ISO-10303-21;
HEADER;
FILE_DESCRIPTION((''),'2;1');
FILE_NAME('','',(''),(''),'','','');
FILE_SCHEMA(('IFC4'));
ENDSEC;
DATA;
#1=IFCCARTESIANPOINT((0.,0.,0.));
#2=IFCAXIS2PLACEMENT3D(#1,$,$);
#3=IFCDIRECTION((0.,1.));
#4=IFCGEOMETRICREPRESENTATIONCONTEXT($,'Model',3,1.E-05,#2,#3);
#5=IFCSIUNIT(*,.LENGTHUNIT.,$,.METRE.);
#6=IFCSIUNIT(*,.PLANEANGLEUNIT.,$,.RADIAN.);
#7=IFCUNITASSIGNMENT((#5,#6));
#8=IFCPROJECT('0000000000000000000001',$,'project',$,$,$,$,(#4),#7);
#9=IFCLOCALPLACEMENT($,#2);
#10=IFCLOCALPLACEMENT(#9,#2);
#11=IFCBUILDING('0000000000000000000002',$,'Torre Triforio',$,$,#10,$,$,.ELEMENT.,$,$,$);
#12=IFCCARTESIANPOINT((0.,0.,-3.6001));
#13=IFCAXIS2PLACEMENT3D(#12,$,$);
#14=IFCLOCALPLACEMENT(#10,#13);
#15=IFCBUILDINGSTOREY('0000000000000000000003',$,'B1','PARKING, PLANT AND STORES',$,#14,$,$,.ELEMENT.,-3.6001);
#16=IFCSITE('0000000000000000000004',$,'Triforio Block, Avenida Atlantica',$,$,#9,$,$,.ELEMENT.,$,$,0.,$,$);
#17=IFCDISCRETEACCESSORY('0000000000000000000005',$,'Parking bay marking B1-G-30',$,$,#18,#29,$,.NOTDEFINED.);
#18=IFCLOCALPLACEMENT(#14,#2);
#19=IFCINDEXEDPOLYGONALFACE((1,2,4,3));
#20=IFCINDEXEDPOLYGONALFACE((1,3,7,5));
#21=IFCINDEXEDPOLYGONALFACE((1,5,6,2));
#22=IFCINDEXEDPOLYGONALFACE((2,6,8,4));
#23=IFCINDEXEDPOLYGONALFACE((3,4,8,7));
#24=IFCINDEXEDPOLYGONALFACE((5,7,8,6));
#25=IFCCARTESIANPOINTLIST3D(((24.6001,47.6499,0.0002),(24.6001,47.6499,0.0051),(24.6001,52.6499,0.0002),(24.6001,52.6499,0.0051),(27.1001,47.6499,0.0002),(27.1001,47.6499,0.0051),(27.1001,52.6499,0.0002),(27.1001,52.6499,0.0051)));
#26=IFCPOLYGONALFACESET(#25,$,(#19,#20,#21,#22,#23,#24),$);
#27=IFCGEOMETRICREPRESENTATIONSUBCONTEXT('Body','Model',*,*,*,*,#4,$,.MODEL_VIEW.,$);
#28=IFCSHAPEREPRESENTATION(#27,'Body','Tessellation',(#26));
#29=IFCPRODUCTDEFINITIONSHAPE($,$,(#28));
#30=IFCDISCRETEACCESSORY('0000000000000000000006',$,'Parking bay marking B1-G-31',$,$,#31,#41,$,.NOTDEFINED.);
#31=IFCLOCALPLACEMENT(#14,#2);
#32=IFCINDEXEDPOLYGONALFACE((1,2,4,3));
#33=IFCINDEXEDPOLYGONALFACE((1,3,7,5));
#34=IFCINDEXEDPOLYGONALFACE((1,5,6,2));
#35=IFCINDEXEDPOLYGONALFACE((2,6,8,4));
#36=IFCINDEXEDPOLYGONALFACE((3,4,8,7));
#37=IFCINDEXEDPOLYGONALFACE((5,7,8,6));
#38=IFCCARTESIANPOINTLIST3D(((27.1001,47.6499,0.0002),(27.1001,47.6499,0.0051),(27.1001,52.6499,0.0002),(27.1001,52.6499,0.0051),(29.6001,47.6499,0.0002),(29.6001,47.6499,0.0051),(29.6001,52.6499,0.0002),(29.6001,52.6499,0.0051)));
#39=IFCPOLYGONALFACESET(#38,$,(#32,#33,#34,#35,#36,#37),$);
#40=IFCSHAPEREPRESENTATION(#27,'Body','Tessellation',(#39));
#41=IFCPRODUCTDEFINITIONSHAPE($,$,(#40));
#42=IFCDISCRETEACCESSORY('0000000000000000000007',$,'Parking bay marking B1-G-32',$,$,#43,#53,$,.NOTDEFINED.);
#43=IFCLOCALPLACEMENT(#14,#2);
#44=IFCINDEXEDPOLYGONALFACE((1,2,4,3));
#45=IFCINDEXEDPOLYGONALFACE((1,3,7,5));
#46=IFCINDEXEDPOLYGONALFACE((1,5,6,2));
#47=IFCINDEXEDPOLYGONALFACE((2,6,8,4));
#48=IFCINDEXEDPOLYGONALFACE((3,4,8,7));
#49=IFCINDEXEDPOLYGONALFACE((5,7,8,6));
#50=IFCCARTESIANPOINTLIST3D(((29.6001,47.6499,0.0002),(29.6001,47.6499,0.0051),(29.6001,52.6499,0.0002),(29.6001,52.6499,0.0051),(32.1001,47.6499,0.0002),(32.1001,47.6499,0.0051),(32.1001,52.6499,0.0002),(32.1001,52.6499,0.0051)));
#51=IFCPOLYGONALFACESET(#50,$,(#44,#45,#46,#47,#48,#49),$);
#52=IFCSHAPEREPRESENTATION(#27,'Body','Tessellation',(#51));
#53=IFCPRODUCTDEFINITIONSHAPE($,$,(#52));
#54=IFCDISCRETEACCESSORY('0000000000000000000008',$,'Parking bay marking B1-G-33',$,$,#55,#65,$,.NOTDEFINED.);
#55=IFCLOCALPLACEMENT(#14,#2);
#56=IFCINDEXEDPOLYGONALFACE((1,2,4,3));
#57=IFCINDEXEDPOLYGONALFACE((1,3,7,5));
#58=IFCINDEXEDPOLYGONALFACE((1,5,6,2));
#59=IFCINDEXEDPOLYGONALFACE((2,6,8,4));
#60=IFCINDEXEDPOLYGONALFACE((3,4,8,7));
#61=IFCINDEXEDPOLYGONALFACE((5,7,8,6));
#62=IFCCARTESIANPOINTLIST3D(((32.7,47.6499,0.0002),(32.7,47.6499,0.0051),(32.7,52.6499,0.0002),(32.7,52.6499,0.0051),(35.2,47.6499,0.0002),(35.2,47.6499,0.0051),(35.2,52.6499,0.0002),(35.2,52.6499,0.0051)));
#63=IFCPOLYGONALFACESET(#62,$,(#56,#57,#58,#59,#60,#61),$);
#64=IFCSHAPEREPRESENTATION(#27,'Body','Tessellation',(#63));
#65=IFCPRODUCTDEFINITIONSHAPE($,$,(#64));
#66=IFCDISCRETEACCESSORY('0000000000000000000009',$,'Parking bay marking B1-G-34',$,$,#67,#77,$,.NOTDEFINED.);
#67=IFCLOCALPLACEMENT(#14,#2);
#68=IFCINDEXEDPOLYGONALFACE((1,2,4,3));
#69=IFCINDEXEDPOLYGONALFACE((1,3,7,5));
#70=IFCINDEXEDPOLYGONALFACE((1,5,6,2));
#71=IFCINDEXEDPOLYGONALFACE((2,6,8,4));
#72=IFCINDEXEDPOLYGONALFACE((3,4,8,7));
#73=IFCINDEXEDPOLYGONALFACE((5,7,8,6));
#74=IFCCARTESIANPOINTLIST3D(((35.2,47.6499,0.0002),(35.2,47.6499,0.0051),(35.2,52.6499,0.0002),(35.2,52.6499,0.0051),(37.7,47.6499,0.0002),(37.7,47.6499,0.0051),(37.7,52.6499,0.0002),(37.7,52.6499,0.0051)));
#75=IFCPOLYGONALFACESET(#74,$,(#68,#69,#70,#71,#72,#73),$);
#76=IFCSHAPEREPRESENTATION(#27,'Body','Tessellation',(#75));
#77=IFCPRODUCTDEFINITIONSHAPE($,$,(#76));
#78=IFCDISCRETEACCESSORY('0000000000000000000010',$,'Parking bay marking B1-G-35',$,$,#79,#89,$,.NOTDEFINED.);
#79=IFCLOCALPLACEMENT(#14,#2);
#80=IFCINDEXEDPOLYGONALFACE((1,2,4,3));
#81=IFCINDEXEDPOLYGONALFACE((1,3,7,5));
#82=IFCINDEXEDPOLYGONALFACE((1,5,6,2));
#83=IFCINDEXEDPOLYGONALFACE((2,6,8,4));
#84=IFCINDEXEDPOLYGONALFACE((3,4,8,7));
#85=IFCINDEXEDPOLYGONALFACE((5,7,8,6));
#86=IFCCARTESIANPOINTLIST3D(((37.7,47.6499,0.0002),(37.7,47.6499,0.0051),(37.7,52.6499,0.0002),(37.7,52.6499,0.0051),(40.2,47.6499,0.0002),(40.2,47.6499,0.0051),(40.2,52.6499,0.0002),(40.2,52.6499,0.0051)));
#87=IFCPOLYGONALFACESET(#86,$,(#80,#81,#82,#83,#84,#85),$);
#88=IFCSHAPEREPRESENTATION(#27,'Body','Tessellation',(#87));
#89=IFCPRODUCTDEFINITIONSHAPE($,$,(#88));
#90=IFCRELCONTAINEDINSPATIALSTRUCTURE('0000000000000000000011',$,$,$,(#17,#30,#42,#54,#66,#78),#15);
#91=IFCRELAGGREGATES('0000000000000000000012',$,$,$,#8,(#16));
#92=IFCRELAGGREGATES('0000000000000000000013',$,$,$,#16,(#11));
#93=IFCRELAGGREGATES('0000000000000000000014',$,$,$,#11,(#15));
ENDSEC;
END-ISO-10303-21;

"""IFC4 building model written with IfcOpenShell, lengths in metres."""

from ifc_helpers import new_model, si_unit, direction, frame, origin, origin_2d, place, context, subcontext, project, spatial, rectangle, extrude, element, save


model = new_model("IFC4")

# Units and contexts
model_context = context("Model", 3, precision=1e-05, world=origin(), true_north=direction((0.0, 1.0)))
body_context = subcontext(model_context, "Body", "Model", "MODEL_VIEW")
ifc_project = project(units=[si_unit("LENGTHUNIT", "METRE"), si_unit("PLANEANGLEUNIT", "RADIAN")], contexts=[model_context])

# Site, building, storey
site_placement = place(None, origin())
site = spatial("IfcSite", under=ifc_project, at=site_placement, Name="Triforio Block, Avenida Atlantica", CompositionType="ELEMENT", RefElevation=0.0)
building_placement = place(site_placement, origin())
building = spatial("IfcBuilding", under=site, at=building_placement, Name="Torre Triforio", CompositionType="ELEMENT")
storey_placement = place(building_placement, frame((0.0, 0.0, -3.6001)))
storey = spatial("IfcBuildingStorey", under=building, at=storey_placement, Name="B1", Description="PARKING, PLANT AND STORES", CompositionType="ELEMENT", Elevation=-3.6001)

# Discrete accessories
for number, where, z_axis, x_axis, name in (
    (1, (25.8501, 50.1499, 0.0002), (0.0, 0.0, 1.0), (1.0, 0.0, 0.0), "Parking bay marking B1-G-30"),
    (2, (28.3501, 50.1499, 0.0002), (0.0, 0.0, 1.0), (1.0, 0.0, 0.0), "Parking bay marking B1-G-31"),
    (3, (30.8501, 50.1499, 0.0002), (0.0, 0.0, 1.0), (1.0, 0.0, 0.0), "Parking bay marking B1-G-32"),
    (4, (33.95, 50.1499, 0.0002), (0.0, 0.0, 1.0), (1.0, 0.0, 0.0), "Parking bay marking B1-G-33"),
    (5, (36.45, 50.1499, 0.0002), (0.0, 0.0, 1.0), (1.0, 0.0, 0.0), "Parking bay marking B1-G-34"),
    (6, (38.95, 50.1499, 0.0002), (0.0, 0.0, 1.0), (1.0, 0.0, 0.0), "Parking bay marking B1-G-35"),
):
    element("IfcDiscreteAccessory", number, at=place(storey_placement, frame(where, z_axis=z_axis, x_axis=x_axis)), inside=storey, Name=name, PredefinedType="NOTDEFINED", context=body_context, shape_type="SweptSolid", body=[
        extrude(rectangle(XDim=2.5, YDim=5.0, at=origin_2d()), origin(), (0.0, 0.0, 1.0), 0.0049),
    ])

save(model, "model.ifc")
